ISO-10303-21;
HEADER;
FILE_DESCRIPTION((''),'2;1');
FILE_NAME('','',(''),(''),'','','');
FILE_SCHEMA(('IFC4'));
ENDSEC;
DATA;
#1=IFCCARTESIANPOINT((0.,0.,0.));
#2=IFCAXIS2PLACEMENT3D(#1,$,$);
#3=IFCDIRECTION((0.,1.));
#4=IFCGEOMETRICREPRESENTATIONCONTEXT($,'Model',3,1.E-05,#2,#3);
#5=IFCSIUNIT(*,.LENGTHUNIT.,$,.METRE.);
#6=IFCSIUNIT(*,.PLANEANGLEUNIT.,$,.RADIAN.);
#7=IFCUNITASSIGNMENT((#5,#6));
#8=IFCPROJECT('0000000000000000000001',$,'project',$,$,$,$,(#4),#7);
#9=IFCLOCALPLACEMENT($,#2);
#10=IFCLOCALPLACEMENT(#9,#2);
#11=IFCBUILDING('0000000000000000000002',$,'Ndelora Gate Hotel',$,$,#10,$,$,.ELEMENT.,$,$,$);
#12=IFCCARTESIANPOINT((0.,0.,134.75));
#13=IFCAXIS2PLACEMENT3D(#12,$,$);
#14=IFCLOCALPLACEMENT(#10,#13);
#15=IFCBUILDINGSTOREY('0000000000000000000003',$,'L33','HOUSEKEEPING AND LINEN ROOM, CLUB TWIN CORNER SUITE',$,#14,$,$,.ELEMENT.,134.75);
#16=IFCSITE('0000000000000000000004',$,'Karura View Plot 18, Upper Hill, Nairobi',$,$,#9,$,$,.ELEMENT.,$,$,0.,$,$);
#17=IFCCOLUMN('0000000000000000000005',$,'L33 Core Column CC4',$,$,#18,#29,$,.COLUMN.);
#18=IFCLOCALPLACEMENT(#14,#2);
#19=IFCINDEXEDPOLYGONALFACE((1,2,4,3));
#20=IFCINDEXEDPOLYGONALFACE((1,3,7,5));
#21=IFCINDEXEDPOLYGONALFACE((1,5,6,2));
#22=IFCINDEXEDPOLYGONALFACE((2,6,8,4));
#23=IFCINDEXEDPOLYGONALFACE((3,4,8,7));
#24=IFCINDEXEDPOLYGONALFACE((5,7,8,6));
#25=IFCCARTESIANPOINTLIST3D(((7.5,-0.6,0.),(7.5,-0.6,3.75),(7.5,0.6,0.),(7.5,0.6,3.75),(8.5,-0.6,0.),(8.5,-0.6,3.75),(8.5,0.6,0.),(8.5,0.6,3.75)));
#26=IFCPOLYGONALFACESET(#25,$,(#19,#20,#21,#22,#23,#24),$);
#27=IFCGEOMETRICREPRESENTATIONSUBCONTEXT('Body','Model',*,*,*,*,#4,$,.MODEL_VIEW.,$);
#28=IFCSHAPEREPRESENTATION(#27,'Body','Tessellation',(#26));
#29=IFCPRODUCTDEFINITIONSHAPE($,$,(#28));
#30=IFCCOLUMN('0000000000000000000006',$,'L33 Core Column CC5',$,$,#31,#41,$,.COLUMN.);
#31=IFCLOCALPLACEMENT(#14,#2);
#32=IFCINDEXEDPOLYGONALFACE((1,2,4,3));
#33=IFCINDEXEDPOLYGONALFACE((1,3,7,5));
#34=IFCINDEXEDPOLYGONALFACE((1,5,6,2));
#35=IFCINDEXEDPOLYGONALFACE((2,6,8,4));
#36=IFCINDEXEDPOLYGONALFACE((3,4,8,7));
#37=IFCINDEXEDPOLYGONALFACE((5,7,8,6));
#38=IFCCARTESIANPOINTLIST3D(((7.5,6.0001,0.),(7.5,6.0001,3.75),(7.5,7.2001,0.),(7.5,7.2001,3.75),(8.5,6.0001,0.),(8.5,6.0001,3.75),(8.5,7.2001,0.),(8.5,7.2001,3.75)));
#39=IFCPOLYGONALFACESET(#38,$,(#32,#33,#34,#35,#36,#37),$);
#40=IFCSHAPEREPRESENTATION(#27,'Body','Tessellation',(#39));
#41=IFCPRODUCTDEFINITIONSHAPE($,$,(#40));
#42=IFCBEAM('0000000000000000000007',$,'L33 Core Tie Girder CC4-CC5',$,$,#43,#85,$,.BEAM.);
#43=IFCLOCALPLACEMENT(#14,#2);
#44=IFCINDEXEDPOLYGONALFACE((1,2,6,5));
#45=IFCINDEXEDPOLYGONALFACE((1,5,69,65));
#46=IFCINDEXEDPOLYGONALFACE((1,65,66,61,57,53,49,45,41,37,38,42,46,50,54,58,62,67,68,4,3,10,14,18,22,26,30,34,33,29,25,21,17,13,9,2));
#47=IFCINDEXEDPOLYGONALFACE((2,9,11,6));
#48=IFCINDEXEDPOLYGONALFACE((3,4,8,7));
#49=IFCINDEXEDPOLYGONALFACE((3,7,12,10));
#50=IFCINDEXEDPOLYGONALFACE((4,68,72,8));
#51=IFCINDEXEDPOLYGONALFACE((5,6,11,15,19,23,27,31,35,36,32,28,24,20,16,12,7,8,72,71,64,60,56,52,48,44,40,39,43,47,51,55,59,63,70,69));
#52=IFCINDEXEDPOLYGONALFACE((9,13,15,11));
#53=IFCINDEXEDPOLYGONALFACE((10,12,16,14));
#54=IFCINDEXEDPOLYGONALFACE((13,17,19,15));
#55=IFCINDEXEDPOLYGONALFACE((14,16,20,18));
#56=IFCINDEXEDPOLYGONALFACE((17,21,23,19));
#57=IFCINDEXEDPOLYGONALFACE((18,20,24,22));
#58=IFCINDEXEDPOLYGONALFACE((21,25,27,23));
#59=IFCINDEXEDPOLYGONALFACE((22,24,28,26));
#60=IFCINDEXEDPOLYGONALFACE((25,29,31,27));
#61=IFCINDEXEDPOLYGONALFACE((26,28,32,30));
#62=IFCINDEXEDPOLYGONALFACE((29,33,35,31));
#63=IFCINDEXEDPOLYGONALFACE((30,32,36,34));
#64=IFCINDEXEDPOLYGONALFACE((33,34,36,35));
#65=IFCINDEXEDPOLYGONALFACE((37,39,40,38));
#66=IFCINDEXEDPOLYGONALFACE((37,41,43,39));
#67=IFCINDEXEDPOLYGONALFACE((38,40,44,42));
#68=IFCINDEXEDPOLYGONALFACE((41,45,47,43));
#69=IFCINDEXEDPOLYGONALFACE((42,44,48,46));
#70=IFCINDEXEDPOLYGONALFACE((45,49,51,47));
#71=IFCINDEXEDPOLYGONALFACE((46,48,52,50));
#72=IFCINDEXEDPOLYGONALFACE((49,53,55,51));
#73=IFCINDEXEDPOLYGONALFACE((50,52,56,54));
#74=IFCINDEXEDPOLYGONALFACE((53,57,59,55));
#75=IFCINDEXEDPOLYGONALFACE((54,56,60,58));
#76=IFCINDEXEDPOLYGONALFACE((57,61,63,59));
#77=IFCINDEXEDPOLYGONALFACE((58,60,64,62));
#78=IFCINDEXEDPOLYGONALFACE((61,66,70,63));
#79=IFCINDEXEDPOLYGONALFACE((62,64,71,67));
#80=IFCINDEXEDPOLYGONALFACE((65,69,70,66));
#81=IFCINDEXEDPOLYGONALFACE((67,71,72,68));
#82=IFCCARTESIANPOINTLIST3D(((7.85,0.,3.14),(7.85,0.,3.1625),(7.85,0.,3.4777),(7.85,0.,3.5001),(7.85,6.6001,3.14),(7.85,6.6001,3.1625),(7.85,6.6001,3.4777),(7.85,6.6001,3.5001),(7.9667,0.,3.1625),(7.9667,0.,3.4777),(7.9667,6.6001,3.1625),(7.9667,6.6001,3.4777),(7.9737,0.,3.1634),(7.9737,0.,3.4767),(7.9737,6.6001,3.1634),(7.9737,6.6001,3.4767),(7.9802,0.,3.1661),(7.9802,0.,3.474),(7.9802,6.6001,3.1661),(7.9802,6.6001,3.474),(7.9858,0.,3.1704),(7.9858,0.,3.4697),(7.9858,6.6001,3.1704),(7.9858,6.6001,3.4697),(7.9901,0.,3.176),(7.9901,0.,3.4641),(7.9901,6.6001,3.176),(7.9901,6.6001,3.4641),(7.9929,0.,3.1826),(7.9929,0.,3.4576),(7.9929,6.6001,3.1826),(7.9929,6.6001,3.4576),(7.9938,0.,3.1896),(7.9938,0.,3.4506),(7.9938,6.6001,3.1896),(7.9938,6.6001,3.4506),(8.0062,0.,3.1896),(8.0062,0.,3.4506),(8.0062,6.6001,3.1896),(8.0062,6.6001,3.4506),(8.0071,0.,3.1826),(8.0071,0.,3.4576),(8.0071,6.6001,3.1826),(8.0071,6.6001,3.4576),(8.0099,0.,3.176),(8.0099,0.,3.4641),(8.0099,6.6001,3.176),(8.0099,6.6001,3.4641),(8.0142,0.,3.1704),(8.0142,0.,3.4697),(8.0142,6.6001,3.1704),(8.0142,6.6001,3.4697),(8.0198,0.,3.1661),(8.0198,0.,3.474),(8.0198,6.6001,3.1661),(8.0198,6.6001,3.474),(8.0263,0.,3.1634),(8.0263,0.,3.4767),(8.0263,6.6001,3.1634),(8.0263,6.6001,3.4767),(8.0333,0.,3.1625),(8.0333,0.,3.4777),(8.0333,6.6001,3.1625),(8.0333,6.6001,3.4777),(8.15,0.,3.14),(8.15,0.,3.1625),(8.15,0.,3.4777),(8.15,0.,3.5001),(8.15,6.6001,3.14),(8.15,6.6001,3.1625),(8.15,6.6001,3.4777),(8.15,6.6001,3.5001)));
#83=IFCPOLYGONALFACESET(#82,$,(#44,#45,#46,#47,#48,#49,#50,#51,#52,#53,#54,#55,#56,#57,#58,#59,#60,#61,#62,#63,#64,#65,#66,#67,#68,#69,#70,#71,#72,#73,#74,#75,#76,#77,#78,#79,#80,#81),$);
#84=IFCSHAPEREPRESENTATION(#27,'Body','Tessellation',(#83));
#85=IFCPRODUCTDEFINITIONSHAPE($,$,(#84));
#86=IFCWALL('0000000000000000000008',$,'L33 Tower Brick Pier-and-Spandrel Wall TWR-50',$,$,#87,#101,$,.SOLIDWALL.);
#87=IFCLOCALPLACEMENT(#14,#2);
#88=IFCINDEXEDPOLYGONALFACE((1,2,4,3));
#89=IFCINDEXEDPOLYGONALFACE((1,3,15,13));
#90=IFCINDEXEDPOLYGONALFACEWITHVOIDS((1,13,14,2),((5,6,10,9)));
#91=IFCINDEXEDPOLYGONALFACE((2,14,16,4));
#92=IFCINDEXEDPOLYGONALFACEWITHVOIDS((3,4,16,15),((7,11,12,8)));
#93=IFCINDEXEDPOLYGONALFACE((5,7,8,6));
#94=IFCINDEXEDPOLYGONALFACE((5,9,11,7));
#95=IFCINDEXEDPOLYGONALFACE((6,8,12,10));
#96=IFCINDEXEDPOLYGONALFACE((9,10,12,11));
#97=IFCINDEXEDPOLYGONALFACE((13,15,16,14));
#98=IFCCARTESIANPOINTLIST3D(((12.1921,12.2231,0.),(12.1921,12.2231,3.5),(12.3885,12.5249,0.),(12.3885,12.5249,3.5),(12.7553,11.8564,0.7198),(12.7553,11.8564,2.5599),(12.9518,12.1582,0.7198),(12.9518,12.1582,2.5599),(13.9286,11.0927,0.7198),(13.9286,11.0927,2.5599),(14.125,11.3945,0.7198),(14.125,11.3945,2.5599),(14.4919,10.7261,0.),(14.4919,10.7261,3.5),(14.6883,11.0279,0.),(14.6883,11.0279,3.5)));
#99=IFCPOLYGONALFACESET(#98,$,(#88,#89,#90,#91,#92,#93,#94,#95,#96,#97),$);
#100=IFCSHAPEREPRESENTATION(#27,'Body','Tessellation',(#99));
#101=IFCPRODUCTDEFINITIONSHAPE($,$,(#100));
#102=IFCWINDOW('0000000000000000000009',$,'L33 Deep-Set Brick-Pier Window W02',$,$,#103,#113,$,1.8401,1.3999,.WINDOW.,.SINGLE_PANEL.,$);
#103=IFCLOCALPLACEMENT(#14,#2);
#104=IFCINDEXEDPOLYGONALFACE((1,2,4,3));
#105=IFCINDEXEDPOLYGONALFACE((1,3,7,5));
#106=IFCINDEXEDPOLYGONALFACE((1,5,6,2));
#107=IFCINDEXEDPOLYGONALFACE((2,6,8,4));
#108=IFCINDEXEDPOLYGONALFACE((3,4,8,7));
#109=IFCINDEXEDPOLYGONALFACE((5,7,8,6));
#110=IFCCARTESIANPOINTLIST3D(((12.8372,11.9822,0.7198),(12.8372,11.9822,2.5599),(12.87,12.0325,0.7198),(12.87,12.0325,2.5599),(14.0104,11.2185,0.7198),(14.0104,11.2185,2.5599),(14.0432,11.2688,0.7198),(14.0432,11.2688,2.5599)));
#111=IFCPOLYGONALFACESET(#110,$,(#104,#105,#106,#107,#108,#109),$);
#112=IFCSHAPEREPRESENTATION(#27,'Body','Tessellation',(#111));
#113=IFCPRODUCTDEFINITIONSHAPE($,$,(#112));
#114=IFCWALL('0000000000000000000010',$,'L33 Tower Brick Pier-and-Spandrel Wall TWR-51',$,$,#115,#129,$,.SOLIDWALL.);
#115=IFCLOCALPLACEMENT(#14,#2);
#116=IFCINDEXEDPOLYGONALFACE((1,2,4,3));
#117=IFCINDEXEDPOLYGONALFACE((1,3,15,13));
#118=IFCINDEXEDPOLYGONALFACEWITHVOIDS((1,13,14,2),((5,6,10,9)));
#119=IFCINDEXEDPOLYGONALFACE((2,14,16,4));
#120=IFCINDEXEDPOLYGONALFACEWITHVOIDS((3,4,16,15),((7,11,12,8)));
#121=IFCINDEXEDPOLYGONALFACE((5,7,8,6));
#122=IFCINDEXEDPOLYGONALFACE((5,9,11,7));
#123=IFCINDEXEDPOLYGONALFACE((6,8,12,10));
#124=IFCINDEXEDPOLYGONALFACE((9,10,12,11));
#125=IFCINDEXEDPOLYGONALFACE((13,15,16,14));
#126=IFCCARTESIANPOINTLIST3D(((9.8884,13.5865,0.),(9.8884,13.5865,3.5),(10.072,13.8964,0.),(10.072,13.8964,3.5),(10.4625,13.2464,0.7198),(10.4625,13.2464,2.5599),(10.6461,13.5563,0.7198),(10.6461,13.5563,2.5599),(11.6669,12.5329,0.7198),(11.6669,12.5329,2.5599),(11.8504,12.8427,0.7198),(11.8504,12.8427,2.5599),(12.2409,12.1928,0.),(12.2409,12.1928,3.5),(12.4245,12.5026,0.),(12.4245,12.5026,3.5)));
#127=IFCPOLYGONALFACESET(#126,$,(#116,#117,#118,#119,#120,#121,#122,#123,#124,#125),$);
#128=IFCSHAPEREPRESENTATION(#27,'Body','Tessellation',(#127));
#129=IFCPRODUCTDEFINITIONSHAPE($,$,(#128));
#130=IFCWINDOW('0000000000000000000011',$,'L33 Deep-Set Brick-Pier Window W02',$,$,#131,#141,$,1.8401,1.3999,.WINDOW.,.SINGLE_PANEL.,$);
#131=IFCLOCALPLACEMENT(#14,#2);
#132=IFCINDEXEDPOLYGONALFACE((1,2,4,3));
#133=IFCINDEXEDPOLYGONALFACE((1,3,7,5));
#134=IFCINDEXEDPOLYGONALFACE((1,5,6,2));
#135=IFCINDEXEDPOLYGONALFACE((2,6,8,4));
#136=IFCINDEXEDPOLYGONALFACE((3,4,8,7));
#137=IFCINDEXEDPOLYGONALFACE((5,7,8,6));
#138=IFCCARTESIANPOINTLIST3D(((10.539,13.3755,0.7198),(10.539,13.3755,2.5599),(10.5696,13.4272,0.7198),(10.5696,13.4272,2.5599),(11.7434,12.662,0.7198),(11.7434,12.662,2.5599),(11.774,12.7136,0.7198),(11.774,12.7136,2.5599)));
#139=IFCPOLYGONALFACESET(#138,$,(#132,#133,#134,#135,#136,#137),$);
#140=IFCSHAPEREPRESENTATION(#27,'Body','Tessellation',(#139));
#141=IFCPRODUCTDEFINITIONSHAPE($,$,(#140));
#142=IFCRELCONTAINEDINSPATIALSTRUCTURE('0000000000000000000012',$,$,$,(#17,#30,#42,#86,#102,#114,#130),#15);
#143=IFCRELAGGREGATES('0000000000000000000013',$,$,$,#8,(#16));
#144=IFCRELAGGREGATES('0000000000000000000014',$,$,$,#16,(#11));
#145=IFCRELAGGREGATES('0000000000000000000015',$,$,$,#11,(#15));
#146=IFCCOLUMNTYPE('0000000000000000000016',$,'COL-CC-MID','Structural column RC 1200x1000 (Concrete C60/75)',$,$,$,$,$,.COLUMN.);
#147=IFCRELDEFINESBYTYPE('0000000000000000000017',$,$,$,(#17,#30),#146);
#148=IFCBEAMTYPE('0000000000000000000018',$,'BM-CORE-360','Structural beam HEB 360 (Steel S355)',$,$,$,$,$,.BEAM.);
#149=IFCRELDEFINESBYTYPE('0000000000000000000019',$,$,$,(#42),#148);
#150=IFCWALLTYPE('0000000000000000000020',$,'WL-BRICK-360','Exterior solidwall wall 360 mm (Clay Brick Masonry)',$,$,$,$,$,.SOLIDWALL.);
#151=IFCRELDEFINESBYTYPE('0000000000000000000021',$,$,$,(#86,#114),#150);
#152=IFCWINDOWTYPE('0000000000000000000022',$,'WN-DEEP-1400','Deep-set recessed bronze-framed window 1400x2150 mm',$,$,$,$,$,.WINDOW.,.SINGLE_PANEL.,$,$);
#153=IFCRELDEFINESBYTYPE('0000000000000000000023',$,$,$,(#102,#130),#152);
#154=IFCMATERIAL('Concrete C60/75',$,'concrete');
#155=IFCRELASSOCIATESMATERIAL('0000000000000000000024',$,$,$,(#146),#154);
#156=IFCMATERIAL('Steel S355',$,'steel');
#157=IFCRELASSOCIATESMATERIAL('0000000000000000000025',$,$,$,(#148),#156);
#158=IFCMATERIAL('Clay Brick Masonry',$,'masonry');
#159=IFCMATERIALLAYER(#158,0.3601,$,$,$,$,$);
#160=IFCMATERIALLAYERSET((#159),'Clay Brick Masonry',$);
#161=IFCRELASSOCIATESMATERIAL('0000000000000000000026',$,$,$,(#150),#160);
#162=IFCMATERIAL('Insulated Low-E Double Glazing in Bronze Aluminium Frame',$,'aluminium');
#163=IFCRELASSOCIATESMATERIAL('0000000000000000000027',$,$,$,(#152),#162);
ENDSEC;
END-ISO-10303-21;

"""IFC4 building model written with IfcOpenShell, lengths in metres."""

from ifc_helpers import new_model, si_unit, direction, frame, frame_2d, origin, origin_2d, place, context, subcontext, project, spatial, rectangle, i_section, extrude, material, layer, layer_set, material_profile, profile_set, type_object, element, fill, save


model = new_model("IFC4")

# Units and contexts
model_context = context("Model", 3, precision=1e-05, world=origin(), true_north=direction((0.0, 1.0)))
body_context = subcontext(model_context, "Body", "Model", "MODEL_VIEW")
ifc_project = project(units=[si_unit("LENGTHUNIT", "METRE"), si_unit("PLANEANGLEUNIT", "RADIAN")], contexts=[model_context])

# Site, building, storey
site_placement = place(None, origin())
site = spatial("IfcSite", under=ifc_project, at=site_placement, Name="Karura View Plot 18, Upper Hill, Nairobi", CompositionType="ELEMENT", RefElevation=0.0)
building_placement = place(site_placement, origin())
building = spatial("IfcBuilding", under=site, at=building_placement, Name="Ndelora Gate Hotel", CompositionType="ELEMENT")
storey_placement = place(building_placement, frame((0.0, 0.0, 134.75)))
storey = spatial("IfcBuildingStorey", under=building, at=storey_placement, Name="L33", Description="HOUSEKEEPING AND LINEN ROOM, CLUB TWIN CORNER SUITE", CompositionType="ELEMENT", Elevation=134.75)

# Columns
ifc_material_1 = material(Name="Concrete C60/75", Category="concrete")
ifc_material_profile_1 = material_profile(ifc_material_1, rectangle(XDim=1.0, YDim=1.2, at=origin_2d()), Name="RC 1200x1000")
ifc_profile_set_1 = profile_set([ifc_material_profile_1], Name="Concrete C60/75")
column_type = type_object("IfcColumnType", Name="COL-CC-MID", Description="Structural column RC 1200x1000 (Concrete C60/75)", PredefinedType="COLUMN", material=ifc_profile_set_1)
for number, where, z_axis, x_axis, name in (
    (1, (8.0, 0.0, 0.0), (0.0, 0.0, 1.0), (1.0, 0.0, 0.0), "L33 Core Column CC4"),
    (2, (8.0, 6.6001, 0.0), (0.0, 0.0, 1.0), (1.0, 0.0, 0.0), "L33 Core Column CC5"),
):
    element("IfcColumn", number, at=place(storey_placement, frame(where, z_axis=z_axis, x_axis=x_axis)), inside=storey, type_object=column_type, Name=name, PredefinedType="COLUMN", context=body_context, shape_type="SweptSolid", body=[
        extrude(rectangle(XDim=1.0, YDim=1.2, at=origin_2d()), origin(), (0.0, 0.0, 1.0), 3.75),
    ])

# Beam
ifc_material_2 = material(Name="Steel S355", Category="steel")
ifc_material_profile_2 = material_profile(ifc_material_2, i_section(OverallWidth=0.3, OverallDepth=0.3601, WebThickness=0.0125, FlangeThickness=0.0225, FilletRadius=0.0271, at=origin_2d()), Name="HEB 360")
ifc_profile_set_2 = profile_set([ifc_material_profile_2], Name="Steel S355")
beam_type = type_object("IfcBeamType", Name="BM-CORE-360", Description="Structural beam HEB 360 (Steel S355)", PredefinedType="BEAM", material=ifc_profile_set_2)
beam_placement = place(storey_placement, frame((8.0, 0.0, 3.3201), z_axis=(0.0, 1.0, 0.0), x_axis=(-1.0, 0.0, 0.0)))
element("IfcBeam", 3, at=beam_placement, inside=storey, type_object=beam_type, Name="L33 Core Tie Girder CC4-CC5", PredefinedType="BEAM", context=body_context, shape_type="SweptSolid", body=[
    extrude(i_section(OverallWidth=0.3, OverallDepth=0.3601, WebThickness=0.0125, FlangeThickness=0.0225, FilletRadius=0.0271, at=origin_2d()), origin(), (0.0, 0.0, 1.0), 6.6001),
])

# Walls, openings, windows
ifc_material_3 = material(Name="Clay Brick Masonry", Category="masonry")
ifc_layer_1 = layer(ifc_material_3, 0.3601)
ifc_layer_set_1 = layer_set([ifc_layer_1], Name="Clay Brick Masonry")
wall_type_1 = type_object("IfcWallType", Name="WL-BRICK-360", Description="Exterior solidwall wall 360 mm (Clay Brick Masonry)", PredefinedType="SOLIDWALL", material=ifc_layer_set_1)
wall_1_placement = place(storey_placement, frame((12.2903, 12.374, 0.0), z_axis=(0.0, 0.0, 1.0), x_axis=(0.838078, -0.545551, 0.0)))
wall_1 = element("IfcWall", 4, at=wall_1_placement, inside=storey, type_object=wall_type_1, Name="L33 Tower Brick Pier-and-Spandrel Wall TWR-50", PredefinedType="SOLIDWALL", context=body_context, shape_type="SweptSolid", body=[
    extrude(rectangle(XDim=2.7441, YDim=0.3601, at=frame_2d((1.3721, 0.0))), origin(), (0.0, 0.0, 1.0), 3.5),
])
opening_1_placement = place(wall_1_placement, frame((0.6721, 0.0, 0.72)))
opening_1 = element("IfcOpeningElement", 5, at=opening_1_placement, cuts=wall_1, PredefinedType="OPENING", context=body_context, shape_type="SweptSolid", body=[
    extrude(rectangle(XDim=1.3999, YDim=1.8401, at=frame_2d((0.7, 0.9199))), frame((0.0, 0.1899, 0.0), z_axis=(0.0, -1.0, 0.0), x_axis=(1.0, 0.0, 0.0)), (0.0, 0.0, 1.0), 0.3801),
])
ifc_material_4 = material(Name="Insulated Low-E Double Glazing in Bronze Aluminium Frame", Category="aluminium")
window_type = type_object("IfcWindowType", Name="WN-DEEP-1400", Description="Deep-set recessed bronze-framed window 1400x2150 mm", PartitioningType="SINGLE_PANEL", PredefinedType="WINDOW", material=ifc_material_4)
window_1_placement = place(opening_1_placement, origin())
window_1 = element("IfcWindow", 6, at=window_1_placement, inside=storey, type_object=window_type, Name="L33 Deep-Set Brick-Pier Window W02", OverallHeight=1.8401, OverallWidth=1.3999, PartitioningType="SINGLE_PANEL", PredefinedType="WINDOW", context=body_context, shape_type="SweptSolid", body=[
    extrude(rectangle(XDim=1.3999, YDim=1.8401, at=frame_2d((0.7, 0.9199))), frame((0.0, 0.03, 0.0), z_axis=(0.0, -1.0, 0.0), x_axis=(1.0, 0.0, 0.0)), (0.0, 0.0, 1.0), 0.0601),
])
fill(opening_1, window_1)
wall_2_placement = place(storey_placement, frame((9.9802, 13.7415, 0.0), z_axis=(0.0, 0.0, 1.0), x_axis=(0.860339, -0.509722, 0.0)))
wall_2 = element("IfcWall", 7, at=wall_2_placement, inside=storey, type_object=wall_type_1, Name="L33 Tower Brick Pier-and-Spandrel Wall TWR-51", PredefinedType="SOLIDWALL", context=body_context, shape_type="SweptSolid", body=[
    extrude(rectangle(XDim=2.7344, YDim=0.3601, at=frame_2d((1.3672, 0.0))), origin(), (0.0, 0.0, 1.0), 3.5),
])
opening_2_placement = place(wall_2_placement, frame((0.6672, 0.0, 0.72)))
opening_2 = element("IfcOpeningElement", 8, at=opening_2_placement, cuts=wall_2, PredefinedType="OPENING", context=body_context, shape_type="SweptSolid", body=[
    extrude(rectangle(XDim=1.3999, YDim=1.8401, at=frame_2d((0.7, 0.9199))), frame((0.0, 0.1899, 0.0), z_axis=(0.0, -1.0, 0.0), x_axis=(1.0, 0.0, 0.0)), (0.0, 0.0, 1.0), 0.3801),
])
window_2_placement = place(opening_2_placement, origin())
window_2 = element("IfcWindow", 9, at=window_2_placement, inside=storey, type_object=window_type, Name="L33 Deep-Set Brick-Pier Window W02", OverallHeight=1.8401, OverallWidth=1.3999, PartitioningType="SINGLE_PANEL", PredefinedType="WINDOW", context=body_context, shape_type="SweptSolid", body=[
    extrude(rectangle(XDim=1.3999, YDim=1.8401, at=frame_2d((0.7, 0.9199))), frame((0.0, 0.03, 0.0), z_axis=(0.0, -1.0, 0.0), x_axis=(1.0, 0.0, 0.0)), (0.0, 0.0, 1.0), 0.0601),
])
fill(opening_2, window_2)

save(model, "model.ifc")
